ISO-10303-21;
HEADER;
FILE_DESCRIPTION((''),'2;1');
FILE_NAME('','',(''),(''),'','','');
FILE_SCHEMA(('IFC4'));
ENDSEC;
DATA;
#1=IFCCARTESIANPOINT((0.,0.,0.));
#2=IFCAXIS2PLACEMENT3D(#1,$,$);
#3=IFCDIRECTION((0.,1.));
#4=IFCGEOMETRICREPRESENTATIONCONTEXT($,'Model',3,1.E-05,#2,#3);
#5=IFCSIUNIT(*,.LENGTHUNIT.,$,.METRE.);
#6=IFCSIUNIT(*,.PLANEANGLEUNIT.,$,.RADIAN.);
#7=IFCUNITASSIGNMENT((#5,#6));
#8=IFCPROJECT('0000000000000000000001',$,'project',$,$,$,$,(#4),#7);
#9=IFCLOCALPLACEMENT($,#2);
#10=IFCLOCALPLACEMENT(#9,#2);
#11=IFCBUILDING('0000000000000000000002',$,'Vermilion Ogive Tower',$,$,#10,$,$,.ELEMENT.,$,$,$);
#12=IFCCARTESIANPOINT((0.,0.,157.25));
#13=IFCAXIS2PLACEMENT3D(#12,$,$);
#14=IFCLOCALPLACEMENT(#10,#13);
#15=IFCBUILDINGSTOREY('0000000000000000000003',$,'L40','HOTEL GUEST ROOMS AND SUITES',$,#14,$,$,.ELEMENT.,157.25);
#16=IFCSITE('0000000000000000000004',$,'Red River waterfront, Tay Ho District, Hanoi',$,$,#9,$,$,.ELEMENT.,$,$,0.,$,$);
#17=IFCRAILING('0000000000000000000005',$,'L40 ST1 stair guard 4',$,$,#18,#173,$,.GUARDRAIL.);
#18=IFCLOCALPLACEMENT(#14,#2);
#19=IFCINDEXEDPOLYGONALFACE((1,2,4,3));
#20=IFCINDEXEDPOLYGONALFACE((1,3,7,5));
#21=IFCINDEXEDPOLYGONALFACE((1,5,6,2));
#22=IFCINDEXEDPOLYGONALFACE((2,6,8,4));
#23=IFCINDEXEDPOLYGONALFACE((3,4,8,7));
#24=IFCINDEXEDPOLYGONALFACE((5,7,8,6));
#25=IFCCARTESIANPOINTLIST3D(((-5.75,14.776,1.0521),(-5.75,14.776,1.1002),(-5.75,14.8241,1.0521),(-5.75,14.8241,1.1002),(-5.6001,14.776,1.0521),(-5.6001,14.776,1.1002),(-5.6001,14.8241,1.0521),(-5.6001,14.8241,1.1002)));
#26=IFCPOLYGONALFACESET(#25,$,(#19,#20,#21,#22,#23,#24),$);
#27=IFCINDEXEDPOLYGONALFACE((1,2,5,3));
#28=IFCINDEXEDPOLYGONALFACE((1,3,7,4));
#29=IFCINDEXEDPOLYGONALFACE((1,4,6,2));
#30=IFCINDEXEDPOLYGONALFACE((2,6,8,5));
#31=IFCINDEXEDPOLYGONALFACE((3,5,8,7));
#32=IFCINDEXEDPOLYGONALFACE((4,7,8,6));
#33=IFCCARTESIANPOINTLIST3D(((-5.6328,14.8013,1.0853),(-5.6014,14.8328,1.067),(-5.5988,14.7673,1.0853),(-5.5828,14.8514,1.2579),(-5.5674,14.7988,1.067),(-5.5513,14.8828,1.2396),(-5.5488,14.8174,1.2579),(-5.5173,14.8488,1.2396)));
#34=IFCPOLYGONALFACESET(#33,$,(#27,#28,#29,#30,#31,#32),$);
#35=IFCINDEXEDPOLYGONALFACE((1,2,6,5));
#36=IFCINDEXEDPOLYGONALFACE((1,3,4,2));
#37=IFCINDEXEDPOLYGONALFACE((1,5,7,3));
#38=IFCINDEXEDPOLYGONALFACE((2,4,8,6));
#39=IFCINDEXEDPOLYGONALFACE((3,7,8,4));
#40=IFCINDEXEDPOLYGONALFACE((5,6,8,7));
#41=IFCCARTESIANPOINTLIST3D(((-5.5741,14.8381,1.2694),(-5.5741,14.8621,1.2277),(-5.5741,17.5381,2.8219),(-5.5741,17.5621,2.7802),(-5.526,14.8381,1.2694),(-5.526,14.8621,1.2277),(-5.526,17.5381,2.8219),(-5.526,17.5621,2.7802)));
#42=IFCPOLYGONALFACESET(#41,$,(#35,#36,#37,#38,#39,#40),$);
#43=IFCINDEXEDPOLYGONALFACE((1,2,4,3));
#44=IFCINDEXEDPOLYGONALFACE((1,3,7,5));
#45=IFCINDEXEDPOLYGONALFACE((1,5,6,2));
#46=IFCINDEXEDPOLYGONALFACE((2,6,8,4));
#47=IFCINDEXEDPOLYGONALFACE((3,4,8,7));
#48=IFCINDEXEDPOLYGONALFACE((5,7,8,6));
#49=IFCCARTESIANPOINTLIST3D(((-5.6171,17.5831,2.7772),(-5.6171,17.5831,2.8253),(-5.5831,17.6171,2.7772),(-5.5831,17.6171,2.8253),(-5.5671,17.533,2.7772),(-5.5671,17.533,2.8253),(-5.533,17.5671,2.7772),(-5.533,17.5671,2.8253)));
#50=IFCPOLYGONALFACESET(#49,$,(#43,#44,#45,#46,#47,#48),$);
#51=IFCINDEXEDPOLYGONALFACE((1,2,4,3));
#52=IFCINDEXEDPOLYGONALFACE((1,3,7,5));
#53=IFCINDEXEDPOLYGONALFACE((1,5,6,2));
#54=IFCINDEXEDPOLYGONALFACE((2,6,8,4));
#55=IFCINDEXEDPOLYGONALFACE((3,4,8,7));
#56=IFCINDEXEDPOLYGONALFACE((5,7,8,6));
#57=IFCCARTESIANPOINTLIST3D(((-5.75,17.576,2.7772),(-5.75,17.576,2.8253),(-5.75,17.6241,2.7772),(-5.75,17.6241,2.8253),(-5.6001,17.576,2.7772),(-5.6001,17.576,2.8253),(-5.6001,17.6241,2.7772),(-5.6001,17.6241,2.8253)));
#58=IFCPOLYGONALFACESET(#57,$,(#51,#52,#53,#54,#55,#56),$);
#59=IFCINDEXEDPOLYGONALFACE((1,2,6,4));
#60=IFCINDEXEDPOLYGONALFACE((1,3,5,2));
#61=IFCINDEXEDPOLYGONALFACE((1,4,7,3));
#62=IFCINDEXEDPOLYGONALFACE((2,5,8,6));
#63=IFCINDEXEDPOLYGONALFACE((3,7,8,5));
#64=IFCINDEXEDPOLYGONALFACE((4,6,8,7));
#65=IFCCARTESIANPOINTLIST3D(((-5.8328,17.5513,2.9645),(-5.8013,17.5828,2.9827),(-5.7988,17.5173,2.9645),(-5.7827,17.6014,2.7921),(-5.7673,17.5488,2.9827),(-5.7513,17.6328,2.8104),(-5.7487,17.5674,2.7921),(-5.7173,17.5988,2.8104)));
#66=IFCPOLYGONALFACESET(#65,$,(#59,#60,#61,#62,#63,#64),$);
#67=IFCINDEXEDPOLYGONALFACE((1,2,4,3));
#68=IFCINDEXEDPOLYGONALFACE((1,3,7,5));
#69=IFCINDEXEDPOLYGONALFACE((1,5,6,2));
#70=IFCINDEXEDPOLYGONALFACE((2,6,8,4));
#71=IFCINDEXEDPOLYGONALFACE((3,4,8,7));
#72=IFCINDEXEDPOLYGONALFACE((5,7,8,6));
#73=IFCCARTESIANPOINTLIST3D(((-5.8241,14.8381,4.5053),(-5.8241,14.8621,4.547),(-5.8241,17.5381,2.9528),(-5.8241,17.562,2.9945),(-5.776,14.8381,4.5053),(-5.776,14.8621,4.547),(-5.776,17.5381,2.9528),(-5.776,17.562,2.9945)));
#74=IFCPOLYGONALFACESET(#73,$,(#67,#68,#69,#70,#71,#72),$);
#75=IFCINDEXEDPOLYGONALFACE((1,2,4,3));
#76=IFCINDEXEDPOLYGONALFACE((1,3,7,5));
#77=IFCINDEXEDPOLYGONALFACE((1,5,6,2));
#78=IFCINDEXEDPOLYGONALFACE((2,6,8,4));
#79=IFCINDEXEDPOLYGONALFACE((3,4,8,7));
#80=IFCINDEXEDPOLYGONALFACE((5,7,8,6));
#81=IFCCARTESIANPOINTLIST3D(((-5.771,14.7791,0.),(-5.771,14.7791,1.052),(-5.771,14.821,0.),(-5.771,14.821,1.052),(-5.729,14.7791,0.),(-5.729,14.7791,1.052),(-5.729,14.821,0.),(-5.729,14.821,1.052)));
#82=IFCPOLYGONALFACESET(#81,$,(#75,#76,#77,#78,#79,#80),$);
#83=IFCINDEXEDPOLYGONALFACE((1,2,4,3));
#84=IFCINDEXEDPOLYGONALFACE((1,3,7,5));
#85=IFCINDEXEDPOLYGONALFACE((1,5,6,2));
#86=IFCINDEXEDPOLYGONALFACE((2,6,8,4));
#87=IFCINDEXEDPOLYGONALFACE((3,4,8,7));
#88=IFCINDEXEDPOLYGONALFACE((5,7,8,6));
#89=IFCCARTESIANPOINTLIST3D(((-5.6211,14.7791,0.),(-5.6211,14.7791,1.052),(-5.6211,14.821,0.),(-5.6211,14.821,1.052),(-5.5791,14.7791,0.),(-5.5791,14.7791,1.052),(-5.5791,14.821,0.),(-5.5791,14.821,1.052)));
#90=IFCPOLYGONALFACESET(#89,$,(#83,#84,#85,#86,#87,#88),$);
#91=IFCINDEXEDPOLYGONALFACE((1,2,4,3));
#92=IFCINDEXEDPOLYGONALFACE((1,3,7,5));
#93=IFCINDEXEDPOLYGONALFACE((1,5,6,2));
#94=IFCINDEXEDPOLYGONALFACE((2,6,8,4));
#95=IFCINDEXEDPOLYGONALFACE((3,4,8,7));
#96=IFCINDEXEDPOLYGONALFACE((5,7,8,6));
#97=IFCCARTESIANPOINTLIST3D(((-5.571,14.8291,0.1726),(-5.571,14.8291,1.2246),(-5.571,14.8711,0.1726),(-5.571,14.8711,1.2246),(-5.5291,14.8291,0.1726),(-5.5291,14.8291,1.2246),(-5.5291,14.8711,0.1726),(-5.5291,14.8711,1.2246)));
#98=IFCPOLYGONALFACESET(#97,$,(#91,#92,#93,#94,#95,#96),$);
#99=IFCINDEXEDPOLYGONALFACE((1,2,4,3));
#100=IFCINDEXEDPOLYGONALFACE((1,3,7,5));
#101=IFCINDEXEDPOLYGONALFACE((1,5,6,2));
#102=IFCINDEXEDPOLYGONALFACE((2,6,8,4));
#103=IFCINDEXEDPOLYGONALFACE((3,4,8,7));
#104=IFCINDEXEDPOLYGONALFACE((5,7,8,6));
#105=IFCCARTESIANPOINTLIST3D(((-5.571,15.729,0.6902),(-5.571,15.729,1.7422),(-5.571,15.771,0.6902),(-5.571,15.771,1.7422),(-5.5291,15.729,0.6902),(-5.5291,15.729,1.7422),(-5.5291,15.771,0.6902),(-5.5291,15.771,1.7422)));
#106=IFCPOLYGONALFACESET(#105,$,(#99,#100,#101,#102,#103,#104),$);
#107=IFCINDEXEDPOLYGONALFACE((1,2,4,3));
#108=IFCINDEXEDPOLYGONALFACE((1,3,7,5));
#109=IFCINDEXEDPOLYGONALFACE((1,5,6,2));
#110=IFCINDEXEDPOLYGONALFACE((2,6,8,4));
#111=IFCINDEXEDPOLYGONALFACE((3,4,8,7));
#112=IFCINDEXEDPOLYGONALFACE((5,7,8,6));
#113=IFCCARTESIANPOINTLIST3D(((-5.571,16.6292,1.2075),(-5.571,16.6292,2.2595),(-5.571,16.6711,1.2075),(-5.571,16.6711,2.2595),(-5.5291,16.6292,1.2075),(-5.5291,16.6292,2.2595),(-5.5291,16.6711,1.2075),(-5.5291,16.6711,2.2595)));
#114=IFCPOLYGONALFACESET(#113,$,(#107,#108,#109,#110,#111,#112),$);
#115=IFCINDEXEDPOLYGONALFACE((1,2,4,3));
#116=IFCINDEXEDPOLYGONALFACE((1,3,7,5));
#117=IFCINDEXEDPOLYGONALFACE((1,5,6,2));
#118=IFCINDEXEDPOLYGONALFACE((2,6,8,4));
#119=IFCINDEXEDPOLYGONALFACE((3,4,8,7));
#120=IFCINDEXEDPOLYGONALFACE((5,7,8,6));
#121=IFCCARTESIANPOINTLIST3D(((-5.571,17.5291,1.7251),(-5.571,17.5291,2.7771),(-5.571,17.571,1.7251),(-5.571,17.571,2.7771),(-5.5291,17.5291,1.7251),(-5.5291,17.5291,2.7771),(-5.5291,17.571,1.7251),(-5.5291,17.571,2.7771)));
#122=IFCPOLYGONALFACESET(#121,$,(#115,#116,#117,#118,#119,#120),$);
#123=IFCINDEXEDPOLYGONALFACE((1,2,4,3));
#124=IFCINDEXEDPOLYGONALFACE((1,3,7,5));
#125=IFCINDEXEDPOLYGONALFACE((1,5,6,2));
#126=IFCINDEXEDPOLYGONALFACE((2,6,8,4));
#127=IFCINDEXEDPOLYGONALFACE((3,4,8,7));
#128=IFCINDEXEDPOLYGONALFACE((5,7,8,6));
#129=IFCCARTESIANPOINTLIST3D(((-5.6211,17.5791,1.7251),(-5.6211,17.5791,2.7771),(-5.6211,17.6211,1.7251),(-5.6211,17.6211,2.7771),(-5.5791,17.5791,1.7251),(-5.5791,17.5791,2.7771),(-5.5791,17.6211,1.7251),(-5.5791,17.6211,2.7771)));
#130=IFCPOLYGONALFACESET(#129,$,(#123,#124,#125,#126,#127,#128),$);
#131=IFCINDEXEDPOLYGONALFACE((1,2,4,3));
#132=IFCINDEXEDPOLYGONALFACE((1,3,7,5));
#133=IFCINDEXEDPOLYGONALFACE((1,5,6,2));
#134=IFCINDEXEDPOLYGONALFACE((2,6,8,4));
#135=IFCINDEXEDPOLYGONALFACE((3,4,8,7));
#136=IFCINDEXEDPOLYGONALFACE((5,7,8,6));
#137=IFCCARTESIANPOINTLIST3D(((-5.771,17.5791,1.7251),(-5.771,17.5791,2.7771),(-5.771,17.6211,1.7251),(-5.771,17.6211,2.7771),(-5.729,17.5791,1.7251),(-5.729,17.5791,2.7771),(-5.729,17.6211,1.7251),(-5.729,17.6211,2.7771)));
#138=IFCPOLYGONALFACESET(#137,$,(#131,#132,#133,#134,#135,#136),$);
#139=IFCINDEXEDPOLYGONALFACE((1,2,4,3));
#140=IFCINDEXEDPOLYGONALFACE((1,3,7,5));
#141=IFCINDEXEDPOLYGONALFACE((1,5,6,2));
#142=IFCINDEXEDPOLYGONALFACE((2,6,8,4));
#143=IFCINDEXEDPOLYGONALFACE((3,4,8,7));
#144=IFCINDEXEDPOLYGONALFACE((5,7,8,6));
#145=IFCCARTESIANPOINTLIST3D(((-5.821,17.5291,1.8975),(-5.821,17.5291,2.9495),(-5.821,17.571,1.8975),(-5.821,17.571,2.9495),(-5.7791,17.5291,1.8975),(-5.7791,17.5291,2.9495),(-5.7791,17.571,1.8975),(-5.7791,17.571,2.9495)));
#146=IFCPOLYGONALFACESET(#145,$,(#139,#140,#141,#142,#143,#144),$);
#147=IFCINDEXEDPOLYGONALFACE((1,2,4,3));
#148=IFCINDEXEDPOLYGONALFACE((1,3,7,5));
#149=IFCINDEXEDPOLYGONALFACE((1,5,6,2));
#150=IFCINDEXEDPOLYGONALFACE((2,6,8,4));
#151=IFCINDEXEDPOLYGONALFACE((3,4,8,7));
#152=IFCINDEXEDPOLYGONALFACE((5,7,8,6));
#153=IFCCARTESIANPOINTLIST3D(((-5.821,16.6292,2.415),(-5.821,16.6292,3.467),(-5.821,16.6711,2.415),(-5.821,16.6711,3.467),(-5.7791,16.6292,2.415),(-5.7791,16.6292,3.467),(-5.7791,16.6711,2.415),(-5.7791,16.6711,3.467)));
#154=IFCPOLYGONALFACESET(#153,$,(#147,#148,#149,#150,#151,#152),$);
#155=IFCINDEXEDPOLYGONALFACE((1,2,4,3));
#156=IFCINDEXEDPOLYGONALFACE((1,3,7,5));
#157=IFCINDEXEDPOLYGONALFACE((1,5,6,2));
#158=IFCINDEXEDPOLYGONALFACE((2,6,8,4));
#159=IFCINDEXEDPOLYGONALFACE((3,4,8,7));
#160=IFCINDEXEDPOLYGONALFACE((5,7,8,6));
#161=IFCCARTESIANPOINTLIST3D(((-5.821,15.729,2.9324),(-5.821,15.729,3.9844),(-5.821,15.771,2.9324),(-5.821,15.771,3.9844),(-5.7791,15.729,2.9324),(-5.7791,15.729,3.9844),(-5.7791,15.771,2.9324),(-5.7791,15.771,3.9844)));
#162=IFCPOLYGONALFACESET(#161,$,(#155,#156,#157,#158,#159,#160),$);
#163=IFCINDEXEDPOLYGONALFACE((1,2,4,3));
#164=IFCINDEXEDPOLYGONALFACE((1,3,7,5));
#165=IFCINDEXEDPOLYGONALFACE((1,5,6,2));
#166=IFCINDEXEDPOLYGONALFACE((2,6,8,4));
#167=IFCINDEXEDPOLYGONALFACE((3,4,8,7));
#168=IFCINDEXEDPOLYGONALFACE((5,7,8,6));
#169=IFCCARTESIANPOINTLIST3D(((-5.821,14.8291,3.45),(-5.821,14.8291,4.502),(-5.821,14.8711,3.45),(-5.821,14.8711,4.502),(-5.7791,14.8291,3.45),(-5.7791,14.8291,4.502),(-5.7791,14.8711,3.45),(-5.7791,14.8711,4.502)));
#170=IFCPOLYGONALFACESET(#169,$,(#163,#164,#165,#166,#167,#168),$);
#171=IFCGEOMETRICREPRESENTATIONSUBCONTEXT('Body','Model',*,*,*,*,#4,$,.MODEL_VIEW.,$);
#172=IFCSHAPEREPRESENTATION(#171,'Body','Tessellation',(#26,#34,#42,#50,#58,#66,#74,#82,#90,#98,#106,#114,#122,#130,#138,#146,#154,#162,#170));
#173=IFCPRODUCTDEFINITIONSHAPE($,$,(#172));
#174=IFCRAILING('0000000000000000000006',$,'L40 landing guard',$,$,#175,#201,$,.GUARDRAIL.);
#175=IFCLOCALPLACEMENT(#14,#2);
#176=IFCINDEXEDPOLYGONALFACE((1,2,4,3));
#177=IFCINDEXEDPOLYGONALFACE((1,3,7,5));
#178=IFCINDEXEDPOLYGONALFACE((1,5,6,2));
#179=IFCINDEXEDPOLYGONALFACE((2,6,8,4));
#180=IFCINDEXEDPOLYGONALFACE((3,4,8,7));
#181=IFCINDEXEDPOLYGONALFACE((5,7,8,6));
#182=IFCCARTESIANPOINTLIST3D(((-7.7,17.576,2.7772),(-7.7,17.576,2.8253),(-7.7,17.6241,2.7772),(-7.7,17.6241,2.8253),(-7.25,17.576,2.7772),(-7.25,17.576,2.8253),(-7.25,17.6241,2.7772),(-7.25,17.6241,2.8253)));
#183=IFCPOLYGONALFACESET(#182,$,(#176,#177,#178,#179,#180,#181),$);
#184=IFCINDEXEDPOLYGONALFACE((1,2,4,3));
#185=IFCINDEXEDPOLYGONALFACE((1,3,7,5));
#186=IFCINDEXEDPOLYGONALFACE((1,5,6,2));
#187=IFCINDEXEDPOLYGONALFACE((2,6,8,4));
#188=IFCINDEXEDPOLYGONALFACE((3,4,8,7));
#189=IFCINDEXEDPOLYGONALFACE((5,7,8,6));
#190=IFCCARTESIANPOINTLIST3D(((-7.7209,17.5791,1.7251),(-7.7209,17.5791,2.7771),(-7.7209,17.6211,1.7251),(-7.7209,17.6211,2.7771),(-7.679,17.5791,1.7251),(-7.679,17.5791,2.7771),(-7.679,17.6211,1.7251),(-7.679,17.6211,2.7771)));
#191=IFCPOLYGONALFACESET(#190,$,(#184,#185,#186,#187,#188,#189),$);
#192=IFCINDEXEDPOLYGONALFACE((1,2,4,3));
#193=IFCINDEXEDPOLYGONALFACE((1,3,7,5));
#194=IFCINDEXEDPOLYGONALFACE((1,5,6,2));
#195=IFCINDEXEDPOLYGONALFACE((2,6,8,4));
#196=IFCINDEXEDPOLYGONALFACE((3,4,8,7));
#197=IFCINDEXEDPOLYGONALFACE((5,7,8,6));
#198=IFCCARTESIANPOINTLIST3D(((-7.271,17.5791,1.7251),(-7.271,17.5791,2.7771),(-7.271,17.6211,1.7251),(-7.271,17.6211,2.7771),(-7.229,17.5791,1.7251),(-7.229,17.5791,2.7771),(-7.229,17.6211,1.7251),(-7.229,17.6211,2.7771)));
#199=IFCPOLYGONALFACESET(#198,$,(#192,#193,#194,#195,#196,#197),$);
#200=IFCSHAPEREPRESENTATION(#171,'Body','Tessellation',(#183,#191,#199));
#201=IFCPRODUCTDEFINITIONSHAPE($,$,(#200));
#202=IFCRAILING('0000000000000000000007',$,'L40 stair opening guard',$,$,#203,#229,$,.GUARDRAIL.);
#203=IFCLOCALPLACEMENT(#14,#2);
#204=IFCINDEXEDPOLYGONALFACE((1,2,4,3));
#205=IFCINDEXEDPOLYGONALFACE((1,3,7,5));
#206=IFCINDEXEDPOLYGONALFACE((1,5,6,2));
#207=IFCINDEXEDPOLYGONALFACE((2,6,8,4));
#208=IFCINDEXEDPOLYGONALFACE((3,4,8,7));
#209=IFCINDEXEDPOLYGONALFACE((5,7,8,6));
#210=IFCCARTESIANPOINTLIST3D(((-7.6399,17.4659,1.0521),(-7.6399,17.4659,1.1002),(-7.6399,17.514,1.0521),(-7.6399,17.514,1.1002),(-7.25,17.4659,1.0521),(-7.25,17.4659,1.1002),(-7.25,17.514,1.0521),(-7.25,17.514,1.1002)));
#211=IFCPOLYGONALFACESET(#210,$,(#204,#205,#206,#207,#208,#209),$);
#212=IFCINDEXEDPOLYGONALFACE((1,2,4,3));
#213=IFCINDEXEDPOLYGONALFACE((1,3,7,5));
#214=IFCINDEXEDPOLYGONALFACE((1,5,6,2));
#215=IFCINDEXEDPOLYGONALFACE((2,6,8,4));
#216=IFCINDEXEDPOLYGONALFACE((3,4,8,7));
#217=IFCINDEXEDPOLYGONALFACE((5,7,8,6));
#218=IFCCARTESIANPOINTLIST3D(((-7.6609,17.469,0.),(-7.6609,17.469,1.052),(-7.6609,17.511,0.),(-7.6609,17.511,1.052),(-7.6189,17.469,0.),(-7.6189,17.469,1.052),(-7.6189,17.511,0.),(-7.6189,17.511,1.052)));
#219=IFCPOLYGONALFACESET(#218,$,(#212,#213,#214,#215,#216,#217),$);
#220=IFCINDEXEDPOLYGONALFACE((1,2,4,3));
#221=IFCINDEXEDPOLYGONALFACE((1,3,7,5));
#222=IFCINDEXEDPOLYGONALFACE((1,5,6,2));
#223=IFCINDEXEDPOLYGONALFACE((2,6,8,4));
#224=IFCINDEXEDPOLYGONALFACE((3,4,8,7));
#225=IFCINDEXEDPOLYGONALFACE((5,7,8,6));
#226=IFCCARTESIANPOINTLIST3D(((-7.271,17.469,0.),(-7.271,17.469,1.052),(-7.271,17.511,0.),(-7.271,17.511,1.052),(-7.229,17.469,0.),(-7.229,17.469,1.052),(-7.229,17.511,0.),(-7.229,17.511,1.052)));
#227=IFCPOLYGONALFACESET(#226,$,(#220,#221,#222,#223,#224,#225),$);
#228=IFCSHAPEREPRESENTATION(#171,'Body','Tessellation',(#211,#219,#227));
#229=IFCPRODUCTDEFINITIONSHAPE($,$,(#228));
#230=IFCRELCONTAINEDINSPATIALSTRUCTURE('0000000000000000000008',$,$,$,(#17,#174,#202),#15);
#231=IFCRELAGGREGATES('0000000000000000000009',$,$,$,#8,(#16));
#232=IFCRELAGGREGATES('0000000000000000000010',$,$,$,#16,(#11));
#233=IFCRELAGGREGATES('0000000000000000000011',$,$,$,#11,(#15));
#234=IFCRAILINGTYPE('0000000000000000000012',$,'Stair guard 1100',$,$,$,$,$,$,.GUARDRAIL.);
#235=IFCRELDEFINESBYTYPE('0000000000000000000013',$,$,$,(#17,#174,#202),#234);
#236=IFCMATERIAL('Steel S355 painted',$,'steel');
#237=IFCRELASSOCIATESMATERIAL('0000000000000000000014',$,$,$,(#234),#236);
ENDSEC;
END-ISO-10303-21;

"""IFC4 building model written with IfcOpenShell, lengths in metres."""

from ifc_helpers import new_model, si_unit, direction, frame, origin, origin_2d, place, context, subcontext, project, spatial, rectangle, extrude, material, type_object, element, save


model = new_model("IFC4")

# Units and contexts
model_context = context("Model", 3, precision=1e-05, world=origin(), true_north=direction((0.0, 1.0)))
body_context = subcontext(model_context, "Body", "Model", "MODEL_VIEW")
ifc_project = project(units=[si_unit("LENGTHUNIT", "METRE"), si_unit("PLANEANGLEUNIT", "RADIAN")], contexts=[model_context])

# Site, building, storey
site_placement = place(None, origin())
site = spatial("IfcSite", under=ifc_project, at=site_placement, Name="Red River waterfront, Tay Ho District, Hanoi", CompositionType="ELEMENT", RefElevation=0.0)
building_placement = place(site_placement, origin())
building = spatial("IfcBuilding", under=site, at=building_placement, Name="Vermilion Ogive Tower", CompositionType="ELEMENT")
storey_placement = place(building_placement, frame((0.0, 0.0, 157.25)))
storey = spatial("IfcBuildingStorey", under=building, at=storey_placement, Name="L40", Description="HOTEL GUEST ROOMS AND SUITES", CompositionType="ELEMENT", Elevation=157.25)

# Railings
ifc_material_1 = material(Name="Steel S355 painted", Category="steel")
railing_type_1 = type_object("IfcRailingType", Name="Stair guard 1100", PredefinedType="GUARDRAIL", material=ifc_material_1)
railing_1_placement = place(storey_placement, frame((-5.75, 14.8, 0.0)))
element("IfcRailing", 1, at=railing_1_placement, inside=storey, type_object=railing_type_1, Name="L40 ST1 stair guard 4", PredefinedType="GUARDRAIL", context=body_context, shape_type="SweptSolid", body=[
    extrude(rectangle(XDim=0.0481, YDim=0.0481, at=origin_2d()), frame((0.0, 0.0, 1.0762), z_axis=(1.0, 0.0, 0.0), x_axis=(0.0, 1.0, 0.0)), (0.0, 0.0, 1.0), 0.1499),
    extrude(rectangle(XDim=0.0481, YDim=0.0481, at=origin_2d()), frame((0.1499, 0.0, 1.0762), z_axis=(0.268278, 0.268278, 0.925232), x_axis=(-0.707107, 0.707107, 0.0)), (0.0, 0.0, 1.0), 0.1865),
    extrude(rectangle(XDim=0.0481, YDim=0.0481, at=origin_2d()), frame((0.2, 0.05, 1.2485), z_axis=(0.0, 0.866904, 0.498476), x_axis=(-1.0, 0.0, 0.0)), (0.0, 0.0, 1.0), 3.1145),
    extrude(rectangle(XDim=0.0481, YDim=0.0481, at=origin_2d()), frame((0.2, 2.75, 2.8013), z_axis=(-0.707107, 0.707107, 0.0), x_axis=(-0.707107, -0.707107, 0.0)), (0.0, 0.0, 1.0), 0.0708),
    extrude(rectangle(XDim=0.0481, YDim=0.0481, at=origin_2d()), frame((0.1499, 2.8, 2.8013), z_axis=(-1.0, 0.0, 0.0), x_axis=(0.0, -1.0, 0.0)), (0.0, 0.0, 1.0), 0.1499),
    extrude(rectangle(XDim=0.0481, YDim=0.0481, at=origin_2d()), frame((0.0, 2.8, 2.8013), z_axis=(-0.268603, -0.268603, 0.925043), x_axis=(0.707107, -0.707107, 0.0)), (0.0, 0.0, 1.0), 0.1863),
    extrude(rectangle(XDim=0.0481, YDim=0.0481, at=origin_2d()), frame((-0.05, 2.75, 2.9736), z_axis=(0.0, -0.866904, 0.498476), x_axis=(1.0, 0.0, 0.0)), (0.0, 0.0, 1.0), 3.1145),
    extrude(rectangle(XDim=0.042, YDim=0.042, at=origin_2d()), origin(), (0.0, 0.0, 1.0), 1.052),
    extrude(rectangle(XDim=0.042, YDim=0.042, at=origin_2d()), frame((0.1499, 0.0, 0.0)), (0.0, 0.0, 1.0), 1.052),
    extrude(rectangle(XDim=0.042, YDim=0.042, at=origin_2d()), frame((0.2, 0.05, 0.1726)), (0.0, 0.0, 1.0), 1.052),
    extrude(rectangle(XDim=0.042, YDim=0.042, at=origin_2d()), frame((0.2, 0.95, 0.6902)), (0.0, 0.0, 1.0), 1.052),
    extrude(rectangle(XDim=0.042, YDim=0.042, at=origin_2d()), frame((0.2, 1.8501, 1.2075)), (0.0, 0.0, 1.0), 1.052),
    extrude(rectangle(XDim=0.042, YDim=0.042, at=origin_2d()), frame((0.2, 2.75, 1.7251)), (0.0, 0.0, 1.0), 1.052),
    extrude(rectangle(XDim=0.042, YDim=0.042, at=origin_2d()), frame((0.1499, 2.8, 1.7251)), (0.0, 0.0, 1.0), 1.052),
    extrude(rectangle(XDim=0.042, YDim=0.042, at=origin_2d()), frame((0.0, 2.8, 1.7251)), (0.0, 0.0, 1.0), 1.052),
    extrude(rectangle(XDim=0.042, YDim=0.042, at=origin_2d()), frame((-0.05, 2.75, 1.8975)), (0.0, 0.0, 1.0), 1.052),
    extrude(rectangle(XDim=0.042, YDim=0.042, at=origin_2d()), frame((-0.05, 1.8501, 2.415)), (0.0, 0.0, 1.0), 1.052),
    extrude(rectangle(XDim=0.042, YDim=0.042, at=origin_2d()), frame((-0.05, 0.95, 2.9324)), (0.0, 0.0, 1.0), 1.052),
    extrude(rectangle(XDim=0.042, YDim=0.042, at=origin_2d()), frame((-0.05, 0.05, 3.45)), (0.0, 0.0, 1.0), 1.052),
])
railing_2_placement = place(storey_placement, frame((-7.7, 17.6001, 1.7251)))
element("IfcRailing", 2, at=railing_2_placement, inside=storey, type_object=railing_type_1, Name="L40 landing guard", PredefinedType="GUARDRAIL", context=body_context, shape_type="SweptSolid", body=[
    extrude(rectangle(XDim=0.0481, YDim=0.0481, at=origin_2d()), frame((0.0, 0.0, 1.0762), z_axis=(1.0, 0.0, 0.0), x_axis=(0.0, 1.0, 0.0)), (0.0, 0.0, 1.0), 0.45),
    extrude(rectangle(XDim=0.042, YDim=0.042, at=origin_2d()), origin(), (0.0, 0.0, 1.0), 1.052),
    extrude(rectangle(XDim=0.042, YDim=0.042, at=origin_2d()), frame((0.45, 0.0, 0.0)), (0.0, 0.0, 1.0), 1.052),
])
railing_3_placement = place(storey_placement, frame((-7.6399, 17.49, 0.0)))
element("IfcRailing", 3, at=railing_3_placement, inside=storey, type_object=railing_type_1, Name="L40 stair opening guard", PredefinedType="GUARDRAIL", context=body_context, shape_type="SweptSolid", body=[
    extrude(rectangle(XDim=0.0481, YDim=0.0481, at=origin_2d()), frame((0.0, 0.0, 1.0762), z_axis=(1.0, 0.0, 0.0), x_axis=(0.0, 1.0, 0.0)), (0.0, 0.0, 1.0), 0.3899),
    extrude(rectangle(XDim=0.042, YDim=0.042, at=origin_2d()), origin(), (0.0, 0.0, 1.0), 1.052),
    extrude(rectangle(XDim=0.042, YDim=0.042, at=origin_2d()), frame((0.3899, 0.0, 0.0)), (0.0, 0.0, 1.0), 1.052),
])

save(model, "model.ifc")
